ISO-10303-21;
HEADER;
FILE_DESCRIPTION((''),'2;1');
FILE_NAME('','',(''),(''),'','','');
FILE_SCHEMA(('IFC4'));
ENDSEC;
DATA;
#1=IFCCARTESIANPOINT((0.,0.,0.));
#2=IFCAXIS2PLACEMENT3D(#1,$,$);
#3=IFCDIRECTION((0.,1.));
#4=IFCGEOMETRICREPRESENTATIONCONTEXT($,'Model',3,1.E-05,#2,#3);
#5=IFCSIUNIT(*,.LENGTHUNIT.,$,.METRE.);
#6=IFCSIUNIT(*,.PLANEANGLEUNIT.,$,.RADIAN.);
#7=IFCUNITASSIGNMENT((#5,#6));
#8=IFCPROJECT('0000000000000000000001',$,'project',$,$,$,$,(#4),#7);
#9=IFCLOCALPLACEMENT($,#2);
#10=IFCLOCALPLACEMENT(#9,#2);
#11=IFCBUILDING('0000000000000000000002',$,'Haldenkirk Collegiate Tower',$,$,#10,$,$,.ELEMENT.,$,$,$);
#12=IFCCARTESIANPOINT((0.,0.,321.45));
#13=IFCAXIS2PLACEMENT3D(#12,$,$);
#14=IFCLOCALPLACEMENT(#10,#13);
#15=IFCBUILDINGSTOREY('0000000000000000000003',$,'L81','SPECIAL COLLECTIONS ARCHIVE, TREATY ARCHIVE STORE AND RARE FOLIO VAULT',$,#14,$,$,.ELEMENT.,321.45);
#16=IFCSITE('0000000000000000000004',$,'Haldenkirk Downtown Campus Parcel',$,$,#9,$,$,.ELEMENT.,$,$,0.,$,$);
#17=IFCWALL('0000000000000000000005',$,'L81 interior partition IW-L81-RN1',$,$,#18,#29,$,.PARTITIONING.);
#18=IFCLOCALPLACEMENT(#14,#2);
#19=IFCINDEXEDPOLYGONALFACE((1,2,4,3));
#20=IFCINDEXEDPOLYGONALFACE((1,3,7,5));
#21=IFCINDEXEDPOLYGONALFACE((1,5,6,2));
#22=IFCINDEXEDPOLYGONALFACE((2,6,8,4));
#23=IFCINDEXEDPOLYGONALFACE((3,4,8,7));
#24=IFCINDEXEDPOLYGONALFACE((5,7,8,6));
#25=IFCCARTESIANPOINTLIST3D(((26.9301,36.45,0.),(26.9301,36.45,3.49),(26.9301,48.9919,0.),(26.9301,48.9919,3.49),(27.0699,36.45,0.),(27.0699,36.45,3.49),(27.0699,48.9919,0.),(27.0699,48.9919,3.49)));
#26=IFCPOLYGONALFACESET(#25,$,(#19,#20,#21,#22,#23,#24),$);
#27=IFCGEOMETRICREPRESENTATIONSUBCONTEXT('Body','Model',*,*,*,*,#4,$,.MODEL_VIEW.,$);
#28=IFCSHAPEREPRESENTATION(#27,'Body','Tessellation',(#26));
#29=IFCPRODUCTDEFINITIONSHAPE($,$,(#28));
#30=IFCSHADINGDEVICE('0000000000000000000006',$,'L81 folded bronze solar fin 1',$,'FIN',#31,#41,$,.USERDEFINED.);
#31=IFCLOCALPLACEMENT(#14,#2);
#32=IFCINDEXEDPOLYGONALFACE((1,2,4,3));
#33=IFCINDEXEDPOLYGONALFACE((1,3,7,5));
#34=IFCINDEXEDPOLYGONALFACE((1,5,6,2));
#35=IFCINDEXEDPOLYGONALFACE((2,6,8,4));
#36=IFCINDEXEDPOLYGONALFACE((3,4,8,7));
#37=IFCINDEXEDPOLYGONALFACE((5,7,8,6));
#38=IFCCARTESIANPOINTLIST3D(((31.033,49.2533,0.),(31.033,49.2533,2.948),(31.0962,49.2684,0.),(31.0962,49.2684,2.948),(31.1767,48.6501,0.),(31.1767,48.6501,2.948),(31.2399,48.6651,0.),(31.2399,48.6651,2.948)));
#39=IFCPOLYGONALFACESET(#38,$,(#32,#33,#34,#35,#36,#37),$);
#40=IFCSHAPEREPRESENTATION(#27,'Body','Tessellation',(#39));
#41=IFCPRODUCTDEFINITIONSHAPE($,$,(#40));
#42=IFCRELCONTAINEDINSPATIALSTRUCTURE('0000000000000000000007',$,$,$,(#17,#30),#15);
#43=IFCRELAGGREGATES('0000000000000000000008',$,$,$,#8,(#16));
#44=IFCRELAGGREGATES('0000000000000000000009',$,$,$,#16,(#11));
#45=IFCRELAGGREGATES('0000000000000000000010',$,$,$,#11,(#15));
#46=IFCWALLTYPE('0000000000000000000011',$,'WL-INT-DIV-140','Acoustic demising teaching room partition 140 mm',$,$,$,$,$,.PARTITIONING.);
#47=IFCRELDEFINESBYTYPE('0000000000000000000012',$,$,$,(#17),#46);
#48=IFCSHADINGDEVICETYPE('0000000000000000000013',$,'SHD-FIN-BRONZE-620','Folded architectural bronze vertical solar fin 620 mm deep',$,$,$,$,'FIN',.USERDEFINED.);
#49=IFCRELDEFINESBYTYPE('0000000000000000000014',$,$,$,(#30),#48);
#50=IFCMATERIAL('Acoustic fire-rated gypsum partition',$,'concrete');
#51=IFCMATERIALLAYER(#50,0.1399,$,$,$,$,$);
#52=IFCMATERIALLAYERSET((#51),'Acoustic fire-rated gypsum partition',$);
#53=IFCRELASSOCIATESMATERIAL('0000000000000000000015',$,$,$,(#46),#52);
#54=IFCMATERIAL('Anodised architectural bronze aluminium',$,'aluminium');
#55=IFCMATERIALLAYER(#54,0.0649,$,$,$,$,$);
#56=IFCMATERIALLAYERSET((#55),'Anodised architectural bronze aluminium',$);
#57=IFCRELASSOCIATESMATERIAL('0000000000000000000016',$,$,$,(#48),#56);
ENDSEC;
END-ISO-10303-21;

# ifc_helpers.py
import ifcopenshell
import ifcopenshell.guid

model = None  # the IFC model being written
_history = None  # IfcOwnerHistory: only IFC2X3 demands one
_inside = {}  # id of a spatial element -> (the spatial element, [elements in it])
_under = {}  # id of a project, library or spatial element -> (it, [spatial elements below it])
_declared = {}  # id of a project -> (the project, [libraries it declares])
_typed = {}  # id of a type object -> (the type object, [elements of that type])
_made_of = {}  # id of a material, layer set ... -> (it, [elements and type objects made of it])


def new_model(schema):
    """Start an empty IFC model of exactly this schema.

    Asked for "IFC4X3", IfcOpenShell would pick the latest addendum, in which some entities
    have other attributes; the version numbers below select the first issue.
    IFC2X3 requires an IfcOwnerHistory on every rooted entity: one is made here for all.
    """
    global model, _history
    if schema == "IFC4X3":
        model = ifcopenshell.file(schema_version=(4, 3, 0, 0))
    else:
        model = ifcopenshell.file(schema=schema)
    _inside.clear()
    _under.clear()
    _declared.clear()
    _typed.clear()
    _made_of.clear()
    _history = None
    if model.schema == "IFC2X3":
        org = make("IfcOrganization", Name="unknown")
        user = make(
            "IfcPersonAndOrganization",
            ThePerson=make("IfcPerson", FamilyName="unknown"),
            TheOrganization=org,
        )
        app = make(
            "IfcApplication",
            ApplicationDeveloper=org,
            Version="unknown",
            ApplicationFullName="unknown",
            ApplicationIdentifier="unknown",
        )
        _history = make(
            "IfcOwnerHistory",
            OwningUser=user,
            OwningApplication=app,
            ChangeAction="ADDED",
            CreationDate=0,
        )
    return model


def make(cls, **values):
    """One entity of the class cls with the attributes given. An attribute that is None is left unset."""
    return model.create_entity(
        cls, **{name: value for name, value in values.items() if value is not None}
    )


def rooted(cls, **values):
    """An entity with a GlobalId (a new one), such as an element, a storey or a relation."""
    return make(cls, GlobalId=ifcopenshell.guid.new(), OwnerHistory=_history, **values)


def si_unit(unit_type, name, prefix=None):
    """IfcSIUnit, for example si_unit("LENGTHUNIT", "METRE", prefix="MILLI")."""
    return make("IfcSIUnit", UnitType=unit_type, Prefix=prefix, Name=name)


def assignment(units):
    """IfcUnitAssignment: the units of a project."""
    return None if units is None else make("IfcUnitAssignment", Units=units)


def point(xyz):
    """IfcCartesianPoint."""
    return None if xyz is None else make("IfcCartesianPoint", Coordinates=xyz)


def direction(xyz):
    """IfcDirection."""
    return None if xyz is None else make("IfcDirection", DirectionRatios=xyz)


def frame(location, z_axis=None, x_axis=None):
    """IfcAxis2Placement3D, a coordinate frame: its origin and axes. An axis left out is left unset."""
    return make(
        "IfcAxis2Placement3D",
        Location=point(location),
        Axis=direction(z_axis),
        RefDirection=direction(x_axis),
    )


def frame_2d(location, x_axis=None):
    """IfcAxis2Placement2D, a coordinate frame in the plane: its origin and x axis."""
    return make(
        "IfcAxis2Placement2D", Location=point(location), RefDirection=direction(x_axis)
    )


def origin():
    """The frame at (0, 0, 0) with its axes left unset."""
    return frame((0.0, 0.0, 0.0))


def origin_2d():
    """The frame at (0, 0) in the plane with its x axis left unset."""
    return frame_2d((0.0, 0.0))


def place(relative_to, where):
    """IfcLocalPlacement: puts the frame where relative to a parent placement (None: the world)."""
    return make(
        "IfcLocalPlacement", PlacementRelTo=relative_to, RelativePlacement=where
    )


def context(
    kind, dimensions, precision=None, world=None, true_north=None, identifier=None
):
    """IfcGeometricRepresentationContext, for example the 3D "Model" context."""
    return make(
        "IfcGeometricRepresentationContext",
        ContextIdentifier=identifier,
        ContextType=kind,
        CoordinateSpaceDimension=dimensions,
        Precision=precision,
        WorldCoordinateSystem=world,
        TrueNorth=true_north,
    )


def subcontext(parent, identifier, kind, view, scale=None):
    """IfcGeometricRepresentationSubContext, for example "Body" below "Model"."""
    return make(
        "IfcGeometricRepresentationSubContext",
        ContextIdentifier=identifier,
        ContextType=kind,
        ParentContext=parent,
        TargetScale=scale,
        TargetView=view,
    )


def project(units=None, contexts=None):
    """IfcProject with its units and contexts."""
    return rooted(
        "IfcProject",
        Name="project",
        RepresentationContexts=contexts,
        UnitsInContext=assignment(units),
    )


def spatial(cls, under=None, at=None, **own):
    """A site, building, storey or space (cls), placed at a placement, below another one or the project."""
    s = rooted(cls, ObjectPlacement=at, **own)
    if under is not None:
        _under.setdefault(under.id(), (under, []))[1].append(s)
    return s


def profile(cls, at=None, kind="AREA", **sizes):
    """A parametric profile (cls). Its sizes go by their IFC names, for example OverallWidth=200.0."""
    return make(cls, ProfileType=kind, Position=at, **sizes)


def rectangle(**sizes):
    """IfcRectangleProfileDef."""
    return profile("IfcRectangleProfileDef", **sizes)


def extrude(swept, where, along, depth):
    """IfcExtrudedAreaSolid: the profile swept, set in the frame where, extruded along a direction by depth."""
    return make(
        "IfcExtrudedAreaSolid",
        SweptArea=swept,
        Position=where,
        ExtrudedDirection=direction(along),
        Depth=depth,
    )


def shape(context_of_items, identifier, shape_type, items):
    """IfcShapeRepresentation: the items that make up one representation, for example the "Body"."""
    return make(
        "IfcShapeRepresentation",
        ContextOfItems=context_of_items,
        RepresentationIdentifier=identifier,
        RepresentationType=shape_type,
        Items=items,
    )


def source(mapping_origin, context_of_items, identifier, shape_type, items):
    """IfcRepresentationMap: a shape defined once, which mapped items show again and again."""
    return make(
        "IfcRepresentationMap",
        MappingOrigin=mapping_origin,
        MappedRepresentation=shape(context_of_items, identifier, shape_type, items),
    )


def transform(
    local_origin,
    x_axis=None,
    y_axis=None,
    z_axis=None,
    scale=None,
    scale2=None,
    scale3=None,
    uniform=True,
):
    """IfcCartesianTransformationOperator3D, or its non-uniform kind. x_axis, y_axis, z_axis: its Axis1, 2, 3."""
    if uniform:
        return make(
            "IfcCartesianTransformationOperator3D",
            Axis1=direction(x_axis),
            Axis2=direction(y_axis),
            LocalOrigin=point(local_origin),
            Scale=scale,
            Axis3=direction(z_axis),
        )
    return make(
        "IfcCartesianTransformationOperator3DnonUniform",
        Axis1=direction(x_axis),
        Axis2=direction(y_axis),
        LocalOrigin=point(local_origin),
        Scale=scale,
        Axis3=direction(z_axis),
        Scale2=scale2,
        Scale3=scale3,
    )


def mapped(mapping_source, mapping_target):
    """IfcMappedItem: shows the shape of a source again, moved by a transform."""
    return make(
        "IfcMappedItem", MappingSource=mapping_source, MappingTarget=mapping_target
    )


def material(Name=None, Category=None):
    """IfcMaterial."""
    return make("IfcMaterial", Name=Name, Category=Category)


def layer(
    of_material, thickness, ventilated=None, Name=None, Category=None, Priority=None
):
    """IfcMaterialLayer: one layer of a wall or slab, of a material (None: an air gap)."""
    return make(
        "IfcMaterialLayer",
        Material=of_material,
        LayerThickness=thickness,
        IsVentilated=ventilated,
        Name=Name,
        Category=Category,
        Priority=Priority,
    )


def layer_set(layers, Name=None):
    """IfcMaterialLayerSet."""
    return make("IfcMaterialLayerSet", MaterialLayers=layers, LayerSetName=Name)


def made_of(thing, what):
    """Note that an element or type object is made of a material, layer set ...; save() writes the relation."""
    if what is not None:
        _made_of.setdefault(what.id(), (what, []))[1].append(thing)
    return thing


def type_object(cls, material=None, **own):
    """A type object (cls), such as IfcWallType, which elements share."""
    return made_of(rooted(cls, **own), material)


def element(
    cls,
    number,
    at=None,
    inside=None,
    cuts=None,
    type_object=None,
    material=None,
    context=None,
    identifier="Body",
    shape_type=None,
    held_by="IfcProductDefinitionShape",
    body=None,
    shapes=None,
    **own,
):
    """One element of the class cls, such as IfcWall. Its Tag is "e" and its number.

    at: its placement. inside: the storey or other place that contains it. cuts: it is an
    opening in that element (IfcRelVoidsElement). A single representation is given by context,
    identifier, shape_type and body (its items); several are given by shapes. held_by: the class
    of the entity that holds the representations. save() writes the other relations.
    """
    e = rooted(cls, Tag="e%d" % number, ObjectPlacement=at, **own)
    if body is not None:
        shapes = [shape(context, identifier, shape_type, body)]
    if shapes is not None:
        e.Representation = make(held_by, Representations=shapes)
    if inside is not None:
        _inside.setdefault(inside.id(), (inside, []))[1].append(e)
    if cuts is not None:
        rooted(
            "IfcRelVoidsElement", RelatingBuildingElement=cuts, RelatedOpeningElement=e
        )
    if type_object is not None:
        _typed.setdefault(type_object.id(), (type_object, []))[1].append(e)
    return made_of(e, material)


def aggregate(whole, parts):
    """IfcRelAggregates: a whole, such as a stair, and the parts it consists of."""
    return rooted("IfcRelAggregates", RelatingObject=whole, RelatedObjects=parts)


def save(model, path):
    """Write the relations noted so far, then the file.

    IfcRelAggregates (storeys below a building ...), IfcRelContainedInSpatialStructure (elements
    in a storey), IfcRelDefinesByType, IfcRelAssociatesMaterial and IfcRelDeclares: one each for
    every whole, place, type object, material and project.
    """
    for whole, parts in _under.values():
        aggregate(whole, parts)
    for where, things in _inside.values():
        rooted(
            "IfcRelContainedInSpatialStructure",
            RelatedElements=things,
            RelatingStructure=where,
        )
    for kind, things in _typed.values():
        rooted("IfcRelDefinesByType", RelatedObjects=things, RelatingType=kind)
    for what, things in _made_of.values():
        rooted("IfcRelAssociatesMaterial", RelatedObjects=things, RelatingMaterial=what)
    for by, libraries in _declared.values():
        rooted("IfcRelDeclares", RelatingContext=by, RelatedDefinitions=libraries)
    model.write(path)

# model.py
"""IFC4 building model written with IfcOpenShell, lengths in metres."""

from ifc_helpers import new_model, si_unit, direction, frame, frame_2d, origin, origin_2d, place, context, subcontext, project, spatial, rectangle, extrude, source, transform, mapped, material, layer, layer_set, type_object, element, save


model = new_model("IFC4")

# Units and contexts
model_context = context("Model", 3, precision=1e-05, world=origin(), true_north=direction((0.0, 1.0)))
body_context = subcontext(model_context, "Body", "Model", "MODEL_VIEW")
ifc_project = project(units=[si_unit("LENGTHUNIT", "METRE"), si_unit("PLANEANGLEUNIT", "RADIAN")], contexts=[model_context])

# Site, building, storey
site_placement = place(None, origin())
site = spatial("IfcSite", under=ifc_project, at=site_placement, Name="Haldenkirk Downtown Campus Parcel", CompositionType="ELEMENT", RefElevation=0.0)
building_placement = place(site_placement, origin())
building = spatial("IfcBuilding", under=site, at=building_placement, Name="Haldenkirk Collegiate Tower", CompositionType="ELEMENT")
storey_placement = place(building_placement, frame((0.0, 0.0, 321.45)))
storey = spatial("IfcBuildingStorey", under=building, at=storey_placement, Name="L81", Description="SPECIAL COLLECTIONS ARCHIVE, TREATY ARCHIVE STORE AND RARE FOLIO VAULT", CompositionType="ELEMENT", Elevation=321.45)

# Shared definitions
ifc_material_1 = material(Name="Anodised architectural bronze aluminium", Category="aluminium")

# Shared definitions
ifc_material_2 = material(Name="Acoustic fire-rated gypsum partition", Category="concrete")

# Wall
ifc_layer_1 = layer(ifc_material_2, 0.1399)
ifc_layer_set_1 = layer_set([ifc_layer_1], Name="Acoustic fire-rated gypsum partition")
wall_type_1 = type_object("IfcWallType", Name="WL-INT-DIV-140", Description="Acoustic demising teaching room partition 140 mm", PredefinedType="PARTITIONING", material=ifc_layer_set_1)
wall_1_placement = place(storey_placement, frame((27.0, 36.45, 0.0), z_axis=(0.0, 0.0, 1.0), x_axis=(0.0, 1.0, 0.0)))
element("IfcWall", 1, at=wall_1_placement, inside=storey, type_object=wall_type_1, Name="L81 interior partition IW-L81-RN1", PredefinedType="PARTITIONING", context=body_context, shape_type="SweptSolid", body=[
    extrude(rectangle(XDim=12.542, YDim=0.1399, at=frame_2d((6.271, 0.0))), origin(), (0.0, 0.0, 1.0), 3.49),
])

# Shading device
ifc_layer_2 = layer(ifc_material_1, 0.0649)
ifc_layer_set_2 = layer_set([ifc_layer_2], Name="Anodised architectural bronze aluminium")
shading_device_type = type_object("IfcShadingDeviceType", Name="SHD-FIN-BRONZE-620", Description="Folded architectural bronze vertical solar fin 620 mm deep", ElementType="FIN", PredefinedType="USERDEFINED", material=ifc_layer_set_2)
shared_shape_1 = source(origin(), body_context, "Body", "SweptSolid", [
    extrude(rectangle(XDim=0.6201, YDim=0.0649, at=origin_2d()), origin(), (0.0, 0.0, 1.0), 2.948),
])
shading_device_placement = place(storey_placement, frame((31.1365, 48.9592, 0.0), z_axis=(0.0, 0.0, 1.0), x_axis=(-0.231748, 0.972776, 0.0)))
element("IfcShadingDevice", 2, at=shading_device_placement, inside=storey, type_object=shading_device_type, Name="L81 folded bronze solar fin 1", ObjectType="FIN", PredefinedType="USERDEFINED", context=body_context, shape_type="MappedRepresentation", body=[
    mapped(shared_shape_1, transform((0.0, 0.0, 0.0), x_axis=(1.0, 0.0, 0.0), y_axis=(0.0, 1.0, 0.0), z_axis=(0.0, 0.0, 1.0), scale=1.0)),
])

save(model, "model.ifc")
